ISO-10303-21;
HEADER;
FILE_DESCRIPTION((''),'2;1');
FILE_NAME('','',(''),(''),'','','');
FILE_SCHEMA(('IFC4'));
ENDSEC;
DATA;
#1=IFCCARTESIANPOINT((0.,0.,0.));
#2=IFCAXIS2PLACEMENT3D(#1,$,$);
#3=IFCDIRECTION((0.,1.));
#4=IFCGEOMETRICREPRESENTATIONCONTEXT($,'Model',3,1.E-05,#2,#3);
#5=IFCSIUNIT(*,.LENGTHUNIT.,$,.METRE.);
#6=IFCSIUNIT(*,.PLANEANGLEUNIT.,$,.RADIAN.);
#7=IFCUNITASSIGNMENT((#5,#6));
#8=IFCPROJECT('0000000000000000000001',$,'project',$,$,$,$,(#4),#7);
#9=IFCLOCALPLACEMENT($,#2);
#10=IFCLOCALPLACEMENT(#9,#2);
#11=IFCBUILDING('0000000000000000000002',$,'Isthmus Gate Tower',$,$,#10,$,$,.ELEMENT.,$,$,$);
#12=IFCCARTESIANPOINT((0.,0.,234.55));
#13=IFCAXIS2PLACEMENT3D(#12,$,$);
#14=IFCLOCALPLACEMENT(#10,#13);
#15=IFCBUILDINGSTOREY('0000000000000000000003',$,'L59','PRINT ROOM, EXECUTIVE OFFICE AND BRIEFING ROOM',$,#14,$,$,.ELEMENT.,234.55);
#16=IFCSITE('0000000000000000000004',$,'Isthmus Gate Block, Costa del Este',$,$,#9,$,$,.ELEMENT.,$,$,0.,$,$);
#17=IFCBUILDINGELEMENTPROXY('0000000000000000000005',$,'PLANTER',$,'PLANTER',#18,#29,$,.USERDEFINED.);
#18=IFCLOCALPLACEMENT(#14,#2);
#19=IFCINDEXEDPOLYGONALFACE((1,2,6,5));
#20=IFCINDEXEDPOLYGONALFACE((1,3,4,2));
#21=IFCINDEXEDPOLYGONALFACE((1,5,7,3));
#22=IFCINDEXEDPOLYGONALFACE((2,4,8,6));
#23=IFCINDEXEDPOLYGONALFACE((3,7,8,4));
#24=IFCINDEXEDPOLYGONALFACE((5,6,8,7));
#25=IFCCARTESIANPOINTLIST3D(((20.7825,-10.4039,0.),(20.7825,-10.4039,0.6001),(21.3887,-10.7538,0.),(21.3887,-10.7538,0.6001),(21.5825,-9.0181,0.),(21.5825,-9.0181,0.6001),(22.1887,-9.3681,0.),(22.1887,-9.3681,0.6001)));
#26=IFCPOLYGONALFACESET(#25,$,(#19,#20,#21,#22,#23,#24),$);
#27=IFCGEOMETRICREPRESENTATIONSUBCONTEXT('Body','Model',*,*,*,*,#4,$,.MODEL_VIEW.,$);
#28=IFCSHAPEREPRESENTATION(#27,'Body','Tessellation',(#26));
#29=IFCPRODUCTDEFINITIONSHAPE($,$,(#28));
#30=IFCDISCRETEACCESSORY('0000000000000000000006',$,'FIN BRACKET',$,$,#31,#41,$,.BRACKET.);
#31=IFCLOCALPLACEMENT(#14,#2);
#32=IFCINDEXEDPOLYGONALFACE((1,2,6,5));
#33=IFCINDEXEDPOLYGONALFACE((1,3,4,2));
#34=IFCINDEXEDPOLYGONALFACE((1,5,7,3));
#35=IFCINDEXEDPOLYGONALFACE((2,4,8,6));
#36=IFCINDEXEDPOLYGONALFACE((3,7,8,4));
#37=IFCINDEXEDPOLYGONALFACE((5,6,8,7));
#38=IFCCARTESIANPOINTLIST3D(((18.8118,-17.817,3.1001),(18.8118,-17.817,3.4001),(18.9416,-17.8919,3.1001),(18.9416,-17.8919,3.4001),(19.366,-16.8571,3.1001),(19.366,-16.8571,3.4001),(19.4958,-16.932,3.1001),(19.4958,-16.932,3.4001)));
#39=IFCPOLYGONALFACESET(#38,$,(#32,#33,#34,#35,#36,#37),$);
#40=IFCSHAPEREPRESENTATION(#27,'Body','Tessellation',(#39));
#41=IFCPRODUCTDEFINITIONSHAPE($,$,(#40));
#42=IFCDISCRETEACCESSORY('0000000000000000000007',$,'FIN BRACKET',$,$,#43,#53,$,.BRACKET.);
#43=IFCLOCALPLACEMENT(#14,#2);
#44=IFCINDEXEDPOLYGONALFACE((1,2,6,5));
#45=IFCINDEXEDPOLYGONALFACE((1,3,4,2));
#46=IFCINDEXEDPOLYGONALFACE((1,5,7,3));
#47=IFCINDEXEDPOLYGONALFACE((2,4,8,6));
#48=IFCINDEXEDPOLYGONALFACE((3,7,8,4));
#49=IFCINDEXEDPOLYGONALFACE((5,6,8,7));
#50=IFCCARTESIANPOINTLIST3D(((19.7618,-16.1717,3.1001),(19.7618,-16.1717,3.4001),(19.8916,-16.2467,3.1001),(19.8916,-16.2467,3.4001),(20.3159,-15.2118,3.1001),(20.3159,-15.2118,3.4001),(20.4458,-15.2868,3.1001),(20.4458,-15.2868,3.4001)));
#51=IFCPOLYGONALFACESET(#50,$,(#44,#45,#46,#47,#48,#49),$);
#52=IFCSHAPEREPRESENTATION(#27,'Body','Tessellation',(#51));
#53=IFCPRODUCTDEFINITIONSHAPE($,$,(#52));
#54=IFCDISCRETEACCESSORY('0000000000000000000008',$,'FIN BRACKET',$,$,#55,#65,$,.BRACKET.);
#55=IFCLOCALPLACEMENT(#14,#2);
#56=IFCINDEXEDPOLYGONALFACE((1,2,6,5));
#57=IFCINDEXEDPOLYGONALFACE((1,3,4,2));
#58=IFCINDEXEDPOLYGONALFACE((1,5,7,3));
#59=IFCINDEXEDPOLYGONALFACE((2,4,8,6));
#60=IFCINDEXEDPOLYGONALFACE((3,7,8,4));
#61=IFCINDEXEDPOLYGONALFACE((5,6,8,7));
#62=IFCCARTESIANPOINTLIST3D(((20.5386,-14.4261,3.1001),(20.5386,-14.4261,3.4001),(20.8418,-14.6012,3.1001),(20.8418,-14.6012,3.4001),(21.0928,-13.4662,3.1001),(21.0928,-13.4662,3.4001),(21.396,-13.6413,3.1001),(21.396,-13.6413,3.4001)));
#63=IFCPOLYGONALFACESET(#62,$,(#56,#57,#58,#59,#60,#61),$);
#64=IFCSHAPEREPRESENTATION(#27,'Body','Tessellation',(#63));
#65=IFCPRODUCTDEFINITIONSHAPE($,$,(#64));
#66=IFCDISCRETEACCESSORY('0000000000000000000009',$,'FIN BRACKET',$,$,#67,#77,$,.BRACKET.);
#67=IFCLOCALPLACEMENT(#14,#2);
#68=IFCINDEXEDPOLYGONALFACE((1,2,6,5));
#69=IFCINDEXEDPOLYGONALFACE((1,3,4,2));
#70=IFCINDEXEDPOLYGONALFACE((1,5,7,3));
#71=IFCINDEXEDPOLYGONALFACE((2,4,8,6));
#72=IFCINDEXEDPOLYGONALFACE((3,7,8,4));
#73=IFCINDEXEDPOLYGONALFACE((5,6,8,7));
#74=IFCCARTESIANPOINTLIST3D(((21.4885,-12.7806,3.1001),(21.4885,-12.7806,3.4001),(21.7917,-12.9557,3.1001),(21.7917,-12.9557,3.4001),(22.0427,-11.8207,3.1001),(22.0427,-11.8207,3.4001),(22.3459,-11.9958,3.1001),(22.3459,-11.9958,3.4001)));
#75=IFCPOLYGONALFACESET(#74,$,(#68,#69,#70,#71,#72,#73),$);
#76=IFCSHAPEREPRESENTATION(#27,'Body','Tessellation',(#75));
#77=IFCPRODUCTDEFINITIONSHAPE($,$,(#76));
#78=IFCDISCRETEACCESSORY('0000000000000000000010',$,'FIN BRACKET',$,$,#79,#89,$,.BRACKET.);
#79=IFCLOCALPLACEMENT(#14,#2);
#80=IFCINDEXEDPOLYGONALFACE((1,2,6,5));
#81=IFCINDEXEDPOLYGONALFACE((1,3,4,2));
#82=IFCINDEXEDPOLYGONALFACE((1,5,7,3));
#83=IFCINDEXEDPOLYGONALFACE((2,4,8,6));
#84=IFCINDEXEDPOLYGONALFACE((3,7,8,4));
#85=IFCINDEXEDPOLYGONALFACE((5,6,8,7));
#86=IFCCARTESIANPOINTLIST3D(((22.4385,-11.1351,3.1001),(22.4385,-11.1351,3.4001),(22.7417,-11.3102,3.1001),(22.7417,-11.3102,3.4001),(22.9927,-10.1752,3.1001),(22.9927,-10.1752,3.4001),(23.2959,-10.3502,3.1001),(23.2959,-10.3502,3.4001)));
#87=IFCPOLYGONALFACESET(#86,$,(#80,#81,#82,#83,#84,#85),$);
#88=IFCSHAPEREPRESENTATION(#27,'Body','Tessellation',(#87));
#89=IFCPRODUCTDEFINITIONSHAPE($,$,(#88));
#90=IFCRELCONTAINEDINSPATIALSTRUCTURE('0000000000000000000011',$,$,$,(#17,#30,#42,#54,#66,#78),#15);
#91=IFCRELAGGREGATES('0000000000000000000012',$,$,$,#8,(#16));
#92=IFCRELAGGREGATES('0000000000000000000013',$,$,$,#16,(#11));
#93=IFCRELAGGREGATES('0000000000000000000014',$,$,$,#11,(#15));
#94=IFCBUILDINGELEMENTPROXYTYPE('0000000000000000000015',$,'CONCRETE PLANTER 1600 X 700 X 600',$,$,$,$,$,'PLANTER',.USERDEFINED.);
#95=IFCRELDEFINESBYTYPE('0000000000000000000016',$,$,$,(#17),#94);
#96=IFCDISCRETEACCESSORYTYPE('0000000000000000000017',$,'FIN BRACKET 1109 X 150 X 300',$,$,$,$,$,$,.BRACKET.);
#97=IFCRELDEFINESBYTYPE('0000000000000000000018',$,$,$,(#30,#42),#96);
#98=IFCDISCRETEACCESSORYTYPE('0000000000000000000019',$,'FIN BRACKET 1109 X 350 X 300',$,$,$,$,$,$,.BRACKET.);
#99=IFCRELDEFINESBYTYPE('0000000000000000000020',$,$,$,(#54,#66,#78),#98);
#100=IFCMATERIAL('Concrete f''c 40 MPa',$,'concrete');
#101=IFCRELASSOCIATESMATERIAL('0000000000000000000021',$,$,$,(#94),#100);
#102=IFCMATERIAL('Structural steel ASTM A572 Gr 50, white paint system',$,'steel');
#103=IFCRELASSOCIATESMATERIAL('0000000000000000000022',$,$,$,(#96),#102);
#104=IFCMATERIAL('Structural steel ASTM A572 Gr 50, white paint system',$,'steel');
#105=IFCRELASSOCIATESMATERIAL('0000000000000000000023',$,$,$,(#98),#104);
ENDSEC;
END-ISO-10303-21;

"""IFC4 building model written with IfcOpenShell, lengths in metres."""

from ifc_helpers import new_model, si_unit, direction, frame, origin, origin_2d, place, context, subcontext, project, spatial, rectangle, extrude, material, type_object, element, save


model = new_model("IFC4")

# Units and contexts
model_context = context("Model", 3, precision=1e-05, world=origin(), true_north=direction((0.0, 1.0)))
body_context = subcontext(model_context, "Body", "Model", "MODEL_VIEW")
ifc_project = project(units=[si_unit("LENGTHUNIT", "METRE"), si_unit("PLANEANGLEUNIT", "RADIAN")], contexts=[model_context])

# Site, building, storey
site_placement = place(None, origin())
site = spatial("IfcSite", under=ifc_project, at=site_placement, Name="Isthmus Gate Block, Costa del Este", CompositionType="ELEMENT", RefElevation=0.0)
building_placement = place(site_placement, origin())
building = spatial("IfcBuilding", under=site, at=building_placement, Name="Isthmus Gate Tower", CompositionType="ELEMENT")
storey_placement = place(building_placement, frame((0.0, 0.0, 234.55)))
storey = spatial("IfcBuildingStorey", under=building, at=storey_placement, Name="L59", Description="PRINT ROOM, EXECUTIVE OFFICE AND BRIEFING ROOM", CompositionType="ELEMENT", Elevation=234.55)

# Building element proxy
ifc_material_1 = material(Name="Concrete f'c 40 MPa", Category="concrete")
building_element_proxy_type = type_object("IfcBuildingElementProxyType", Name="CONCRETE PLANTER 1600 X 700 X 600", ElementType="PLANTER", PredefinedType="USERDEFINED", material=ifc_material_1)
for number, where, z_axis, x_axis, name in (
    (1, (21.4856, -9.886, 0.0), (0.0, 0.0, 1.0), (0.5, 0.866025, 0.0), "PLANTER"),
):
    element("IfcBuildingElementProxy", number, at=place(storey_placement, frame(where, z_axis=z_axis, x_axis=x_axis)), inside=storey, type_object=building_element_proxy_type, Name=name, ObjectType="PLANTER", PredefinedType="USERDEFINED", context=body_context, shape_type="SweptSolid", body=[
        extrude(rectangle(XDim=1.6001, YDim=0.7, at=origin_2d()), origin(), (0.0, 0.0, 1.0), 0.6001),
    ])

# Discrete accessories
ifc_material_2 = material(Name="Structural steel ASTM A572 Gr 50, white paint system", Category="steel")
discrete_accessory_type_1 = type_object("IfcDiscreteAccessoryType", Name="FIN BRACKET 1109 X 150 X 300", PredefinedType="BRACKET", material=ifc_material_2)
for number, where, z_axis, x_axis, name in (
    (2, (19.1538, -17.3745, 3.1001), (0.0, 0.0, 1.0), (0.866025, -0.5, 0.0), "FIN BRACKET"),
    (3, (20.1038, -15.7292, 3.1001), (0.0, 0.0, 1.0), (0.866025, -0.5, 0.0), "FIN BRACKET"),
):
    element("IfcDiscreteAccessory", number, at=place(storey_placement, frame(where, z_axis=z_axis, x_axis=x_axis)), inside=storey, type_object=discrete_accessory_type_1, Name=name, PredefinedType="BRACKET", context=body_context, shape_type="SweptSolid", body=[
        extrude(rectangle(XDim=0.1499, YDim=1.1084, at=origin_2d()), origin(), (0.0, 0.0, 1.0), 0.3),
    ])
ifc_material_3 = material(Name="Structural steel ASTM A572 Gr 50, white paint system", Category="steel")
discrete_accessory_type_2 = type_object("IfcDiscreteAccessoryType", Name="FIN BRACKET 1109 X 350 X 300", PredefinedType="BRACKET", material=ifc_material_3)
for number, where, z_axis, x_axis, name in (
    (4, (20.9673, -14.0337, 3.1001), (0.0, 0.0, 1.0), (0.866025, -0.5, 0.0), "FIN BRACKET"),
    (5, (21.9172, -12.3882, 3.1001), (0.0, 0.0, 1.0), (0.866025, -0.5, 0.0), "FIN BRACKET"),
    (6, (22.8672, -10.7427, 3.1001), (0.0, 0.0, 1.0), (0.866025, -0.5, 0.0), "FIN BRACKET"),
):
    element("IfcDiscreteAccessory", number, at=place(storey_placement, frame(where, z_axis=z_axis, x_axis=x_axis)), inside=storey, type_object=discrete_accessory_type_2, Name=name, PredefinedType="BRACKET", context=body_context, shape_type="SweptSolid", body=[
        extrude(rectangle(XDim=0.3501, YDim=1.1084, at=origin_2d()), origin(), (0.0, 0.0, 1.0), 0.3),
    ])

save(model, "model.ifc")
